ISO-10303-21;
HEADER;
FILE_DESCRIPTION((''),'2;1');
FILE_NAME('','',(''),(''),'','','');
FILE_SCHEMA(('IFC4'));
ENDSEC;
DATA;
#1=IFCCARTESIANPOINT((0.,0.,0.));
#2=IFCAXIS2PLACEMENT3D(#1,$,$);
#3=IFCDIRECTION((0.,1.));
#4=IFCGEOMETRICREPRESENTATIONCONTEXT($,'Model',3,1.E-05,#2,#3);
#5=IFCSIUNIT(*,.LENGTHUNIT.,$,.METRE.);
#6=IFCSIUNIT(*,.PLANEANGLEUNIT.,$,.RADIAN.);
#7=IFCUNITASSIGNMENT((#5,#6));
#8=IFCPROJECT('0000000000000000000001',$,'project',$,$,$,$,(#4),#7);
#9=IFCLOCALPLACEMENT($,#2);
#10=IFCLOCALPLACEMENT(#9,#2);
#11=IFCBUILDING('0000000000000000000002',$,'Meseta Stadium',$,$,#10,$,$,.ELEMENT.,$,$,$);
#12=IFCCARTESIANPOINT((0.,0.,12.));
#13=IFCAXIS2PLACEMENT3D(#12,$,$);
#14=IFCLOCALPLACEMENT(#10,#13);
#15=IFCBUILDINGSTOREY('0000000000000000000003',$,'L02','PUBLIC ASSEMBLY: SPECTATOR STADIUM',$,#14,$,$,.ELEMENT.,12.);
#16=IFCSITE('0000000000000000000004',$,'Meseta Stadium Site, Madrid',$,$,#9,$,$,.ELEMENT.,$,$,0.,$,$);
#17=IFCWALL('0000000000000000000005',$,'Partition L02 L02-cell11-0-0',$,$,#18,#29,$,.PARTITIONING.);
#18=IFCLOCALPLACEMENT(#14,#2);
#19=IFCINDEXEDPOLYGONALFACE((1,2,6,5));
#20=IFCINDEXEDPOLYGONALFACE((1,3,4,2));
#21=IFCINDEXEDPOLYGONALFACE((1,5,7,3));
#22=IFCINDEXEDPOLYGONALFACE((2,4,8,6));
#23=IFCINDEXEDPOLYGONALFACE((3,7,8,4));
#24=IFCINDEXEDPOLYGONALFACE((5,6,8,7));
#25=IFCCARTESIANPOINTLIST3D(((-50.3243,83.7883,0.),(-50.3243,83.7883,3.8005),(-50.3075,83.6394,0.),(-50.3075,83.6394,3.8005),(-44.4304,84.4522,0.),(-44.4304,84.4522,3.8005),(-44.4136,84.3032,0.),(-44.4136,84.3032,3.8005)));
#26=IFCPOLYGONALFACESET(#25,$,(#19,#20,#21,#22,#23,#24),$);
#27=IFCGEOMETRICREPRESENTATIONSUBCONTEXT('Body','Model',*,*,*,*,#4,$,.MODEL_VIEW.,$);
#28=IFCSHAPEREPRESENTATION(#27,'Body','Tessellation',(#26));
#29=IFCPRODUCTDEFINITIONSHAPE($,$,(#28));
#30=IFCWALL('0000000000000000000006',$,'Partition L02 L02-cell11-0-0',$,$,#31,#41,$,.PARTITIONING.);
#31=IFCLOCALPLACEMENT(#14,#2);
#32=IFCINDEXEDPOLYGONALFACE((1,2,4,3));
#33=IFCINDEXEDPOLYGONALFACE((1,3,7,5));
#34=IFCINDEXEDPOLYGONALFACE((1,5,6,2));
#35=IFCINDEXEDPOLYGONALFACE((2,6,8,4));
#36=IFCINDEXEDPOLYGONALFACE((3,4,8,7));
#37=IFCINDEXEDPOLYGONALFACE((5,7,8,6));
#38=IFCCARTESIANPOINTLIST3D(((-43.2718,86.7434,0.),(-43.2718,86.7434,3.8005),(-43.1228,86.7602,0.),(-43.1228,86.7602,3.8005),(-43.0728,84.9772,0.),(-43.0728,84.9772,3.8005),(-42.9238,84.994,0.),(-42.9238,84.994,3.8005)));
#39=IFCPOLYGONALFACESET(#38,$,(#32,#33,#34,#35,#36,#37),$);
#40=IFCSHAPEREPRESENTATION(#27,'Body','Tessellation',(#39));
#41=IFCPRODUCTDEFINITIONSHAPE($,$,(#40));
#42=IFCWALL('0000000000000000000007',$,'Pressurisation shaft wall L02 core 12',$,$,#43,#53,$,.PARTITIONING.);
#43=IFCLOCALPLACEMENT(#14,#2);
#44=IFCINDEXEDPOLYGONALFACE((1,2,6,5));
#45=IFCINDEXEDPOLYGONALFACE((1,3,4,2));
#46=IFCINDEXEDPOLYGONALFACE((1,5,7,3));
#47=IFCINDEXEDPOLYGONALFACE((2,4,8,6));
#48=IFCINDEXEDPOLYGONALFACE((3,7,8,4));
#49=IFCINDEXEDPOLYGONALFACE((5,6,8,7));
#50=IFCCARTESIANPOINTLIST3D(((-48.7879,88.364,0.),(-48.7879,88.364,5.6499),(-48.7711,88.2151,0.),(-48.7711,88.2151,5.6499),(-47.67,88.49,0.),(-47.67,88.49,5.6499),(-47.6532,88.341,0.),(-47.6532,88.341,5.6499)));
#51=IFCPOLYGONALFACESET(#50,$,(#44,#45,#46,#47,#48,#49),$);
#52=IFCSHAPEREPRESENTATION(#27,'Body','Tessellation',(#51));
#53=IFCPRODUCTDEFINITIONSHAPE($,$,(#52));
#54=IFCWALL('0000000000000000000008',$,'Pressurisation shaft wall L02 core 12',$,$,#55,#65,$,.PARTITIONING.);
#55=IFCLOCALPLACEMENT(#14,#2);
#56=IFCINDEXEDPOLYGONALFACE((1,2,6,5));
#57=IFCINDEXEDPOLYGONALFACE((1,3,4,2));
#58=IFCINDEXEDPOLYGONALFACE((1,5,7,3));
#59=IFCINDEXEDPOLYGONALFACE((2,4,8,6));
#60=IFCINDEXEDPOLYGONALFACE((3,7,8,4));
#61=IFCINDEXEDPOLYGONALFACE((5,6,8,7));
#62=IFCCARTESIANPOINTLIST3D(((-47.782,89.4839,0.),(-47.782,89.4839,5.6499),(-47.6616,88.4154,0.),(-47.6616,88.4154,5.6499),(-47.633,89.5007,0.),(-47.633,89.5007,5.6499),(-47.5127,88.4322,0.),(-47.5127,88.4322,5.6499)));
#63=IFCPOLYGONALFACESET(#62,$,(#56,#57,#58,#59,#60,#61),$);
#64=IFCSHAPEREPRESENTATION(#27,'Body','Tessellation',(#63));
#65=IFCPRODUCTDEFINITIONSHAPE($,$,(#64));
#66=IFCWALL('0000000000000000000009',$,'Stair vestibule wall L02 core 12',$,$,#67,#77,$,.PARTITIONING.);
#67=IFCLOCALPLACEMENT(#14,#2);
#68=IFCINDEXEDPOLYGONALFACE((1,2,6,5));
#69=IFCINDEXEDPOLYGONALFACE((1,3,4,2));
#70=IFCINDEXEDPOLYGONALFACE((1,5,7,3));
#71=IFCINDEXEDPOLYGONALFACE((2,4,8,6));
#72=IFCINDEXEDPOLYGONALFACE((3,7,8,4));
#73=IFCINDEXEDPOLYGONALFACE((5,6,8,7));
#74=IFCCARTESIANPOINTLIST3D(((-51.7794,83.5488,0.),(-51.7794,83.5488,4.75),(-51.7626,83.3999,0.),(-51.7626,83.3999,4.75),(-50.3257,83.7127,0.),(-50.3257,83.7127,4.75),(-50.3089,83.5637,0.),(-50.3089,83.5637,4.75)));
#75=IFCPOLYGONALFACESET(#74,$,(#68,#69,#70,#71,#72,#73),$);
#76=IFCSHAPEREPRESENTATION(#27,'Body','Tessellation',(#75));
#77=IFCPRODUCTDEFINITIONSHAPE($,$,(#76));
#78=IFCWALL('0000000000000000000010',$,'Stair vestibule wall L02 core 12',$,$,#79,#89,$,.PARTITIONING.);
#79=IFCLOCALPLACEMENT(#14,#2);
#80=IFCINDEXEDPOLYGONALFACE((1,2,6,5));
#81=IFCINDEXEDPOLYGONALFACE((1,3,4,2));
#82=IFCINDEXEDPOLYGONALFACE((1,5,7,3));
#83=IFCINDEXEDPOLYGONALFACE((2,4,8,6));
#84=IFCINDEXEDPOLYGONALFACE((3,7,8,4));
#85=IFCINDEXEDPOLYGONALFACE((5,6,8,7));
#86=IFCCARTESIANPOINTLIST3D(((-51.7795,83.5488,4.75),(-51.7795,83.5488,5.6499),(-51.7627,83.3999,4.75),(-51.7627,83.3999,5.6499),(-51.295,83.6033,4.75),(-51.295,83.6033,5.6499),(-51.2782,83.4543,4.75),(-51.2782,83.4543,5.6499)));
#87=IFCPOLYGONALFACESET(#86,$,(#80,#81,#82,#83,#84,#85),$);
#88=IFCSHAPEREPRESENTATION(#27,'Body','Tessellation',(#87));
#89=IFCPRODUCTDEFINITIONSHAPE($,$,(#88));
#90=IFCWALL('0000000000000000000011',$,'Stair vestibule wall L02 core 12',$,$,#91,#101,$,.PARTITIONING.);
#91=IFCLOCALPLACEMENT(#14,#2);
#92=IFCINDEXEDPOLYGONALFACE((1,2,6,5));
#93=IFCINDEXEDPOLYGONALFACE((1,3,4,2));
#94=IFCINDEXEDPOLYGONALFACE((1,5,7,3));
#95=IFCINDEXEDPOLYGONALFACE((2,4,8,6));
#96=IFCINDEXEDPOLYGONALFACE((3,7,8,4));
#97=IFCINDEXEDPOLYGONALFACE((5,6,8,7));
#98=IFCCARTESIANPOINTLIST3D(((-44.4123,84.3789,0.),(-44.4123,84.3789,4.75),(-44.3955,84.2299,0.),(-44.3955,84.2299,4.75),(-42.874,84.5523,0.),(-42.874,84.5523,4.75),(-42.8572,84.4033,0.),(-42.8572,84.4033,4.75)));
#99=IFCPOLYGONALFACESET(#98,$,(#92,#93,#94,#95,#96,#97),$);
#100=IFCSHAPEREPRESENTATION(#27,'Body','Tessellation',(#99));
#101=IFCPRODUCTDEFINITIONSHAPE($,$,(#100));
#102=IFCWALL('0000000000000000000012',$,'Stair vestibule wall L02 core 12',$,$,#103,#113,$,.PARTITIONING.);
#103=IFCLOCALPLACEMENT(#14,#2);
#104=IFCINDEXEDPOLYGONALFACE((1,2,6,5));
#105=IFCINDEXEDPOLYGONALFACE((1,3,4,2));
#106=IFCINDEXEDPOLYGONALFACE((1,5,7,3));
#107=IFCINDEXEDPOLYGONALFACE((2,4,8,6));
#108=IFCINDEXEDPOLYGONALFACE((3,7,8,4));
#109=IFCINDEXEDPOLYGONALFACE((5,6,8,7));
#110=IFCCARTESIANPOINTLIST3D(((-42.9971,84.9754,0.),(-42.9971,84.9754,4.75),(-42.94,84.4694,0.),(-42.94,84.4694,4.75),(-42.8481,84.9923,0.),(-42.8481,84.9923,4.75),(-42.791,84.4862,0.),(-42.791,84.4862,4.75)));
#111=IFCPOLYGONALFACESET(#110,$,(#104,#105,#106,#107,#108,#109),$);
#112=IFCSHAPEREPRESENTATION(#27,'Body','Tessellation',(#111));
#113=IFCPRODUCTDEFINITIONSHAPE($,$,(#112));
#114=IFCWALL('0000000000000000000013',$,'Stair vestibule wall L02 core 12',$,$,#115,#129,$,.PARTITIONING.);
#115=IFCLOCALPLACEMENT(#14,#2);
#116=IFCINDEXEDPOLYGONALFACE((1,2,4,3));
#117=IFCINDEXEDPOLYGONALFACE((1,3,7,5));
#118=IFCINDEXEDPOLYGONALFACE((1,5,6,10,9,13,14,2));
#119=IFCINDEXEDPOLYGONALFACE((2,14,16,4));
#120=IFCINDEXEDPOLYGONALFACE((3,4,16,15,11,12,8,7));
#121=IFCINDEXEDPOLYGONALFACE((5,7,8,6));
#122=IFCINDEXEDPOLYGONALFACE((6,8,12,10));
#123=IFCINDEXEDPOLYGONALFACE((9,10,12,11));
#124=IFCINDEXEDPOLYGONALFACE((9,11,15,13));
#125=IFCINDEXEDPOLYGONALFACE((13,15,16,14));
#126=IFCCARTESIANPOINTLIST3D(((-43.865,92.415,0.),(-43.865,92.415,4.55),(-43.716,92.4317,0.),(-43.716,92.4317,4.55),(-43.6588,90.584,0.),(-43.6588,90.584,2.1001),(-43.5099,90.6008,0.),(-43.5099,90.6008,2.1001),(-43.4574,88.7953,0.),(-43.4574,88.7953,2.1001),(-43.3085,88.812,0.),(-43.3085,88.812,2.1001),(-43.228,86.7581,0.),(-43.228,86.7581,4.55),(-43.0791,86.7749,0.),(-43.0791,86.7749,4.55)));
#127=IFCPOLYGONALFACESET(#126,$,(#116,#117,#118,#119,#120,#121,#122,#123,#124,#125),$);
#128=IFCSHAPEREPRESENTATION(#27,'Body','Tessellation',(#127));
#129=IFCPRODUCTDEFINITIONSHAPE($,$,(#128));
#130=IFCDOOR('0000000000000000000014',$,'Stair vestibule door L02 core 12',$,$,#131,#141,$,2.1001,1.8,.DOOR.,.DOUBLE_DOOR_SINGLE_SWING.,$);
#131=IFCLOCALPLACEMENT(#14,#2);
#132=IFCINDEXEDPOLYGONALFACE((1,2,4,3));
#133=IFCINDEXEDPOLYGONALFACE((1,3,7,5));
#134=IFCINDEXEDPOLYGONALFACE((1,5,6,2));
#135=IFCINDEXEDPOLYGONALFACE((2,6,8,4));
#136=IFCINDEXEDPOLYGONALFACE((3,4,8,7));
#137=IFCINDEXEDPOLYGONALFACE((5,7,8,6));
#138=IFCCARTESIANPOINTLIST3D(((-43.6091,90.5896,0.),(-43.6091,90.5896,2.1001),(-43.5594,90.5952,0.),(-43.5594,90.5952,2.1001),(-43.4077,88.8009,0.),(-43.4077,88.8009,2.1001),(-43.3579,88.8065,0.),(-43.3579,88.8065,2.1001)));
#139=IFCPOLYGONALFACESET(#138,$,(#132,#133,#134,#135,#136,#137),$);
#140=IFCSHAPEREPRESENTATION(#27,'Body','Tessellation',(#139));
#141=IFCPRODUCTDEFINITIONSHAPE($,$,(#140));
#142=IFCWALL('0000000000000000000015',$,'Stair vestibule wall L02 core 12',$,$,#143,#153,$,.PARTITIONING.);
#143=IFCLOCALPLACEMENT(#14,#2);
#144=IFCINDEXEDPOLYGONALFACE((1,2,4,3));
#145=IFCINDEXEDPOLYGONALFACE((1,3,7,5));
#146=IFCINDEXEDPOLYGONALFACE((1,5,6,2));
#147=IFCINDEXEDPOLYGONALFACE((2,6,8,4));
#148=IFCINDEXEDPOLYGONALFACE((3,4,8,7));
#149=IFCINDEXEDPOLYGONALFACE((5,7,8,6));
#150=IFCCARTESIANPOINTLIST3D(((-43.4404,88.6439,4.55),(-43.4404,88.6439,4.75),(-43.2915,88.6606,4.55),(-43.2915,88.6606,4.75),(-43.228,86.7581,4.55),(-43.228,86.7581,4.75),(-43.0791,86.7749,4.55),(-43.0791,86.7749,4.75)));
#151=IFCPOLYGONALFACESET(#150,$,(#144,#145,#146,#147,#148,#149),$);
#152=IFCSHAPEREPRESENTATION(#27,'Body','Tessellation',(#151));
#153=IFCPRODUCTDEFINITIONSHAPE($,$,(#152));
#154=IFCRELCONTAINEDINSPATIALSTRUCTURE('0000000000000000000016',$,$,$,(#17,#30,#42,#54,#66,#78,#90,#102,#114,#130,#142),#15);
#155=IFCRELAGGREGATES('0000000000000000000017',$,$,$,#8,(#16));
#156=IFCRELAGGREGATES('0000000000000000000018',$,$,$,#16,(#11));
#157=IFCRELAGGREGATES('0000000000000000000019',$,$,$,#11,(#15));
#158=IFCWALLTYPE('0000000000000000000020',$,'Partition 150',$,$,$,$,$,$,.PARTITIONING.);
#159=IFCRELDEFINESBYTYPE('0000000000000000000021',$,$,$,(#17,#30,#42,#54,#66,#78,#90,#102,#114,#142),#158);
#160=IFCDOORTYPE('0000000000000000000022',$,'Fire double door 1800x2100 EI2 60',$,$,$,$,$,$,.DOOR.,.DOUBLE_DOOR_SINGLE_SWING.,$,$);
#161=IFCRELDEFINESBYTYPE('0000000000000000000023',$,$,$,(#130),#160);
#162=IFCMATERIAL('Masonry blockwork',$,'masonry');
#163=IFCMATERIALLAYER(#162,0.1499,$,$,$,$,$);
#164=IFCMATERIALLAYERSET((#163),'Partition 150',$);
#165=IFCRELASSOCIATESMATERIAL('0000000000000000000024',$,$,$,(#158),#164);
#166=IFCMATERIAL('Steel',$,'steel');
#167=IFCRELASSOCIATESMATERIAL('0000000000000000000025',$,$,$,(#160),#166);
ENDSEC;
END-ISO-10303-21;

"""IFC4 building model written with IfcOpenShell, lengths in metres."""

from ifc_helpers import new_model, si_unit, direction, frame, frame_2d, origin, place, context, subcontext, project, spatial, rectangle, extrude, material, layer, layer_set, type_object, element, fill, save


model = new_model("IFC4")

# Units and contexts
model_context = context("Model", 3, precision=1e-05, world=origin(), true_north=direction((0.0, 1.0)))
body_context = subcontext(model_context, "Body", "Model", "MODEL_VIEW")
ifc_project = project(units=[si_unit("LENGTHUNIT", "METRE"), si_unit("PLANEANGLEUNIT", "RADIAN")], contexts=[model_context])

# Site, building, storey
site_placement = place(None, origin())
site = spatial("IfcSite", under=ifc_project, at=site_placement, Name="Meseta Stadium Site, Madrid", CompositionType="ELEMENT", RefElevation=0.0)
building_placement = place(site_placement, origin())
building = spatial("IfcBuilding", under=site, at=building_placement, Name="Meseta Stadium", CompositionType="ELEMENT")
storey_placement = place(building_placement, frame((0.0, 0.0, 12.0)))
storey = spatial("IfcBuildingStorey", under=building, at=storey_placement, Name="L02", Description="PUBLIC ASSEMBLY: SPECTATOR STADIUM", CompositionType="ELEMENT", Elevation=12.0)

# Shared definitions
ifc_material_1 = material(Name="Masonry blockwork", Category="masonry")
ifc_layer_1 = layer(ifc_material_1, 0.1499)
ifc_layer_set_1 = layer_set([ifc_layer_1], Name="Partition 150")
wall_type_1 = type_object("IfcWallType", Name="Partition 150", PredefinedType="PARTITIONING", material=ifc_layer_set_1)

# Walls
wall_1_placement = place(storey_placement, frame((-50.3159, 83.7139, 0.0), z_axis=(0.0, 0.0, 1.0), x_axis=(0.993717, 0.111922, 0.0)))
element("IfcWall", 1, at=wall_1_placement, inside=storey, type_object=wall_type_1, Name="Partition L02 L02-cell11-0-0", PredefinedType="PARTITIONING", context=body_context, shape_type="SweptSolid", body=[
    extrude(rectangle(XDim=5.9312, YDim=0.1499, at=frame_2d((2.9656, 0.0))), origin(), (0.0, 0.0, 1.0), 3.8005),
])
wall_2_placement = place(storey_placement, frame((-42.9983, 84.9856, 0.0), z_axis=(0.0, 0.0, 1.0), x_axis=(-0.111954, 0.993713, 0.0)))
element("IfcWall", 2, at=wall_2_placement, inside=storey, type_object=wall_type_1, Name="Partition L02 L02-cell11-0-0", PredefinedType="PARTITIONING", context=body_context, shape_type="SweptSolid", body=[
    extrude(rectangle(XDim=1.7773, YDim=0.1499, at=frame_2d((0.8887, 0.0))), origin(), (0.0, 0.0, 1.0), 3.8005),
])
wall_3_placement = place(storey_placement, frame((-48.7795, 88.2896, 0.0), z_axis=(0.0, 0.0, 1.0), x_axis=(0.993711, 0.11198, 0.0)))
element("IfcWall", 3, at=wall_3_placement, inside=storey, type_object=wall_type_1, Name="Pressurisation shaft wall L02 core 12", PredefinedType="PARTITIONING", context=body_context, shape_type="SweptSolid", body=[
    extrude(rectangle(XDim=1.125, YDim=0.1499, at=frame_2d((0.5625, 0.0))), origin(), (0.0, 0.0, 1.0), 5.6499),
])
wall_4_placement = place(storey_placement, frame((-47.5872, 88.4238, 0.0), z_axis=(0.0, 0.0, 1.0), x_axis=(-0.111952, 0.993714, 0.0)))
element("IfcWall", 4, at=wall_4_placement, inside=storey, type_object=wall_type_1, Name="Pressurisation shaft wall L02 core 12", PredefinedType="PARTITIONING", context=body_context, shape_type="SweptSolid", body=[
    extrude(rectangle(XDim=1.0752, YDim=0.1499, at=frame_2d((0.5376, 0.0))), origin(), (0.0, 0.0, 1.0), 5.6499),
])
wall_5_placement = place(storey_placement, frame((-51.771, 83.4744, 0.0), z_axis=(0.0, 0.0, 1.0), x_axis=(0.99371, 0.111988, 0.0)))
element("IfcWall", 5, at=wall_5_placement, inside=storey, type_object=wall_type_1, Name="Stair vestibule wall L02 core 12", PredefinedType="PARTITIONING", context=body_context, shape_type="SweptSolid", body=[
    extrude(rectangle(XDim=1.4629, YDim=0.1499, at=frame_2d((0.7314, 0.0))), origin(), (0.0, 0.0, 1.0), 4.75),
])
wall_6_placement = place(storey_placement, frame((-51.771, 83.4744, 4.75), z_axis=(0.0, 0.0, 1.0), x_axis=(0.993749, 0.11164, 0.0)))
element("IfcWall", 6, at=wall_6_placement, inside=storey, type_object=wall_type_1, Name="Stair vestibule wall L02 core 12", PredefinedType="PARTITIONING", context=body_context, shape_type="SweptSolid", body=[
    extrude(rectangle(XDim=0.4875, YDim=0.1499, at=frame_2d((0.2437, 0.0))), origin(), (0.0, 0.0, 1.0), 0.8999),
])
wall_7_placement = place(storey_placement, frame((-44.4038, 84.3044, 0.0), z_axis=(0.0, 0.0, 1.0), x_axis=(0.993711, 0.111972, 0.0)))
element("IfcWall", 7, at=wall_7_placement, inside=storey, type_object=wall_type_1, Name="Stair vestibule wall L02 core 12", PredefinedType="PARTITIONING", context=body_context, shape_type="SweptSolid", body=[
    extrude(rectangle(XDim=1.5481, YDim=0.1499, at=frame_2d((0.7739, 0.0))), origin(), (0.0, 0.0, 1.0), 4.75),
])
wall_8_placement = place(storey_placement, frame((-42.8655, 84.4778, 0.0), z_axis=(0.0, 0.0, 1.0), x_axis=(-0.112168, 0.993689, 0.0)))
element("IfcWall", 8, at=wall_8_placement, inside=storey, type_object=wall_type_1, Name="Stair vestibule wall L02 core 12", PredefinedType="PARTITIONING", context=body_context, shape_type="SweptSolid", body=[
    extrude(rectangle(XDim=0.5093, YDim=0.1499, at=frame_2d((0.2546, 0.0))), origin(), (0.0, 0.0, 1.0), 4.75),
])

# Wall, opening, door
wall_9_placement = place(storey_placement, frame((-43.1536, 86.7666, 0.0), z_axis=(0.0, 0.0, 1.0), x_axis=(-0.111891, 0.993721, 0.0)))
wall_9 = element("IfcWall", 9, at=wall_9_placement, inside=storey, type_object=wall_type_1, Name="Stair vestibule wall L02 core 12", PredefinedType="PARTITIONING", context=body_context, shape_type="SweptSolid", body=[
    extrude(rectangle(XDim=5.6926, YDim=0.1499, at=frame_2d((2.8462, 0.0))), origin(), (0.0, 0.0, 1.0), 4.55),
])
opening_1_placement = place(wall_9_placement, frame((2.05, 0.0, 0.0)))
opening_1 = element("IfcOpeningElement", 10, at=opening_1_placement, cuts=wall_9, PredefinedType="OPENING", context=body_context, shape_type="SweptSolid", body=[
    extrude(rectangle(XDim=1.8, YDim=2.1001, at=frame_2d((0.8999, 1.05))), frame((0.0, 0.085, 0.0), z_axis=(0.0, -1.0, 0.0), x_axis=(1.0, 0.0, 0.0)), (0.0, 0.0, 1.0), 0.1699),
])
ifc_material_2 = material(Name="Steel", Category="steel")
door_type_1 = type_object("IfcDoorType", Name="Fire double door 1800x2100 EI2 60", OperationType="DOUBLE_DOOR_SINGLE_SWING", PredefinedType="DOOR", material=ifc_material_2)
door_1_placement = place(opening_1_placement, origin())
door_1 = element("IfcDoor", 11, at=door_1_placement, inside=storey, type_object=door_type_1, Name="Stair vestibule door L02 core 12", OperationType="DOUBLE_DOOR_SINGLE_SWING", OverallHeight=2.1001, OverallWidth=1.8, PredefinedType="DOOR", context=body_context, shape_type="SweptSolid", body=[
    extrude(rectangle(XDim=1.8, YDim=2.1001, at=frame_2d((0.8999, 1.05))), frame((0.0, 0.0249, 0.0), z_axis=(0.0, -1.0, 0.0), x_axis=(1.0, 0.0, 0.0)), (0.0, 0.0, 1.0), 0.05),
])
fill(opening_1, door_1)

# Wall
wall_10_placement = place(storey_placement, frame((-43.1536, 86.7666, 4.55), z_axis=(0.0, 0.0, 1.0), x_axis=(-0.111928, 0.993716, 0.0)))
element("IfcWall", 12, at=wall_10_placement, inside=storey, type_object=wall_type_1, Name="Stair vestibule wall L02 core 12", PredefinedType="PARTITIONING", context=body_context, shape_type="SweptSolid", body=[
    extrude(rectangle(XDim=1.8977, YDim=0.1499, at=frame_2d((0.9487, 0.0))), origin(), (0.0, 0.0, 1.0), 0.2),
])

save(model, "model.ifc")
